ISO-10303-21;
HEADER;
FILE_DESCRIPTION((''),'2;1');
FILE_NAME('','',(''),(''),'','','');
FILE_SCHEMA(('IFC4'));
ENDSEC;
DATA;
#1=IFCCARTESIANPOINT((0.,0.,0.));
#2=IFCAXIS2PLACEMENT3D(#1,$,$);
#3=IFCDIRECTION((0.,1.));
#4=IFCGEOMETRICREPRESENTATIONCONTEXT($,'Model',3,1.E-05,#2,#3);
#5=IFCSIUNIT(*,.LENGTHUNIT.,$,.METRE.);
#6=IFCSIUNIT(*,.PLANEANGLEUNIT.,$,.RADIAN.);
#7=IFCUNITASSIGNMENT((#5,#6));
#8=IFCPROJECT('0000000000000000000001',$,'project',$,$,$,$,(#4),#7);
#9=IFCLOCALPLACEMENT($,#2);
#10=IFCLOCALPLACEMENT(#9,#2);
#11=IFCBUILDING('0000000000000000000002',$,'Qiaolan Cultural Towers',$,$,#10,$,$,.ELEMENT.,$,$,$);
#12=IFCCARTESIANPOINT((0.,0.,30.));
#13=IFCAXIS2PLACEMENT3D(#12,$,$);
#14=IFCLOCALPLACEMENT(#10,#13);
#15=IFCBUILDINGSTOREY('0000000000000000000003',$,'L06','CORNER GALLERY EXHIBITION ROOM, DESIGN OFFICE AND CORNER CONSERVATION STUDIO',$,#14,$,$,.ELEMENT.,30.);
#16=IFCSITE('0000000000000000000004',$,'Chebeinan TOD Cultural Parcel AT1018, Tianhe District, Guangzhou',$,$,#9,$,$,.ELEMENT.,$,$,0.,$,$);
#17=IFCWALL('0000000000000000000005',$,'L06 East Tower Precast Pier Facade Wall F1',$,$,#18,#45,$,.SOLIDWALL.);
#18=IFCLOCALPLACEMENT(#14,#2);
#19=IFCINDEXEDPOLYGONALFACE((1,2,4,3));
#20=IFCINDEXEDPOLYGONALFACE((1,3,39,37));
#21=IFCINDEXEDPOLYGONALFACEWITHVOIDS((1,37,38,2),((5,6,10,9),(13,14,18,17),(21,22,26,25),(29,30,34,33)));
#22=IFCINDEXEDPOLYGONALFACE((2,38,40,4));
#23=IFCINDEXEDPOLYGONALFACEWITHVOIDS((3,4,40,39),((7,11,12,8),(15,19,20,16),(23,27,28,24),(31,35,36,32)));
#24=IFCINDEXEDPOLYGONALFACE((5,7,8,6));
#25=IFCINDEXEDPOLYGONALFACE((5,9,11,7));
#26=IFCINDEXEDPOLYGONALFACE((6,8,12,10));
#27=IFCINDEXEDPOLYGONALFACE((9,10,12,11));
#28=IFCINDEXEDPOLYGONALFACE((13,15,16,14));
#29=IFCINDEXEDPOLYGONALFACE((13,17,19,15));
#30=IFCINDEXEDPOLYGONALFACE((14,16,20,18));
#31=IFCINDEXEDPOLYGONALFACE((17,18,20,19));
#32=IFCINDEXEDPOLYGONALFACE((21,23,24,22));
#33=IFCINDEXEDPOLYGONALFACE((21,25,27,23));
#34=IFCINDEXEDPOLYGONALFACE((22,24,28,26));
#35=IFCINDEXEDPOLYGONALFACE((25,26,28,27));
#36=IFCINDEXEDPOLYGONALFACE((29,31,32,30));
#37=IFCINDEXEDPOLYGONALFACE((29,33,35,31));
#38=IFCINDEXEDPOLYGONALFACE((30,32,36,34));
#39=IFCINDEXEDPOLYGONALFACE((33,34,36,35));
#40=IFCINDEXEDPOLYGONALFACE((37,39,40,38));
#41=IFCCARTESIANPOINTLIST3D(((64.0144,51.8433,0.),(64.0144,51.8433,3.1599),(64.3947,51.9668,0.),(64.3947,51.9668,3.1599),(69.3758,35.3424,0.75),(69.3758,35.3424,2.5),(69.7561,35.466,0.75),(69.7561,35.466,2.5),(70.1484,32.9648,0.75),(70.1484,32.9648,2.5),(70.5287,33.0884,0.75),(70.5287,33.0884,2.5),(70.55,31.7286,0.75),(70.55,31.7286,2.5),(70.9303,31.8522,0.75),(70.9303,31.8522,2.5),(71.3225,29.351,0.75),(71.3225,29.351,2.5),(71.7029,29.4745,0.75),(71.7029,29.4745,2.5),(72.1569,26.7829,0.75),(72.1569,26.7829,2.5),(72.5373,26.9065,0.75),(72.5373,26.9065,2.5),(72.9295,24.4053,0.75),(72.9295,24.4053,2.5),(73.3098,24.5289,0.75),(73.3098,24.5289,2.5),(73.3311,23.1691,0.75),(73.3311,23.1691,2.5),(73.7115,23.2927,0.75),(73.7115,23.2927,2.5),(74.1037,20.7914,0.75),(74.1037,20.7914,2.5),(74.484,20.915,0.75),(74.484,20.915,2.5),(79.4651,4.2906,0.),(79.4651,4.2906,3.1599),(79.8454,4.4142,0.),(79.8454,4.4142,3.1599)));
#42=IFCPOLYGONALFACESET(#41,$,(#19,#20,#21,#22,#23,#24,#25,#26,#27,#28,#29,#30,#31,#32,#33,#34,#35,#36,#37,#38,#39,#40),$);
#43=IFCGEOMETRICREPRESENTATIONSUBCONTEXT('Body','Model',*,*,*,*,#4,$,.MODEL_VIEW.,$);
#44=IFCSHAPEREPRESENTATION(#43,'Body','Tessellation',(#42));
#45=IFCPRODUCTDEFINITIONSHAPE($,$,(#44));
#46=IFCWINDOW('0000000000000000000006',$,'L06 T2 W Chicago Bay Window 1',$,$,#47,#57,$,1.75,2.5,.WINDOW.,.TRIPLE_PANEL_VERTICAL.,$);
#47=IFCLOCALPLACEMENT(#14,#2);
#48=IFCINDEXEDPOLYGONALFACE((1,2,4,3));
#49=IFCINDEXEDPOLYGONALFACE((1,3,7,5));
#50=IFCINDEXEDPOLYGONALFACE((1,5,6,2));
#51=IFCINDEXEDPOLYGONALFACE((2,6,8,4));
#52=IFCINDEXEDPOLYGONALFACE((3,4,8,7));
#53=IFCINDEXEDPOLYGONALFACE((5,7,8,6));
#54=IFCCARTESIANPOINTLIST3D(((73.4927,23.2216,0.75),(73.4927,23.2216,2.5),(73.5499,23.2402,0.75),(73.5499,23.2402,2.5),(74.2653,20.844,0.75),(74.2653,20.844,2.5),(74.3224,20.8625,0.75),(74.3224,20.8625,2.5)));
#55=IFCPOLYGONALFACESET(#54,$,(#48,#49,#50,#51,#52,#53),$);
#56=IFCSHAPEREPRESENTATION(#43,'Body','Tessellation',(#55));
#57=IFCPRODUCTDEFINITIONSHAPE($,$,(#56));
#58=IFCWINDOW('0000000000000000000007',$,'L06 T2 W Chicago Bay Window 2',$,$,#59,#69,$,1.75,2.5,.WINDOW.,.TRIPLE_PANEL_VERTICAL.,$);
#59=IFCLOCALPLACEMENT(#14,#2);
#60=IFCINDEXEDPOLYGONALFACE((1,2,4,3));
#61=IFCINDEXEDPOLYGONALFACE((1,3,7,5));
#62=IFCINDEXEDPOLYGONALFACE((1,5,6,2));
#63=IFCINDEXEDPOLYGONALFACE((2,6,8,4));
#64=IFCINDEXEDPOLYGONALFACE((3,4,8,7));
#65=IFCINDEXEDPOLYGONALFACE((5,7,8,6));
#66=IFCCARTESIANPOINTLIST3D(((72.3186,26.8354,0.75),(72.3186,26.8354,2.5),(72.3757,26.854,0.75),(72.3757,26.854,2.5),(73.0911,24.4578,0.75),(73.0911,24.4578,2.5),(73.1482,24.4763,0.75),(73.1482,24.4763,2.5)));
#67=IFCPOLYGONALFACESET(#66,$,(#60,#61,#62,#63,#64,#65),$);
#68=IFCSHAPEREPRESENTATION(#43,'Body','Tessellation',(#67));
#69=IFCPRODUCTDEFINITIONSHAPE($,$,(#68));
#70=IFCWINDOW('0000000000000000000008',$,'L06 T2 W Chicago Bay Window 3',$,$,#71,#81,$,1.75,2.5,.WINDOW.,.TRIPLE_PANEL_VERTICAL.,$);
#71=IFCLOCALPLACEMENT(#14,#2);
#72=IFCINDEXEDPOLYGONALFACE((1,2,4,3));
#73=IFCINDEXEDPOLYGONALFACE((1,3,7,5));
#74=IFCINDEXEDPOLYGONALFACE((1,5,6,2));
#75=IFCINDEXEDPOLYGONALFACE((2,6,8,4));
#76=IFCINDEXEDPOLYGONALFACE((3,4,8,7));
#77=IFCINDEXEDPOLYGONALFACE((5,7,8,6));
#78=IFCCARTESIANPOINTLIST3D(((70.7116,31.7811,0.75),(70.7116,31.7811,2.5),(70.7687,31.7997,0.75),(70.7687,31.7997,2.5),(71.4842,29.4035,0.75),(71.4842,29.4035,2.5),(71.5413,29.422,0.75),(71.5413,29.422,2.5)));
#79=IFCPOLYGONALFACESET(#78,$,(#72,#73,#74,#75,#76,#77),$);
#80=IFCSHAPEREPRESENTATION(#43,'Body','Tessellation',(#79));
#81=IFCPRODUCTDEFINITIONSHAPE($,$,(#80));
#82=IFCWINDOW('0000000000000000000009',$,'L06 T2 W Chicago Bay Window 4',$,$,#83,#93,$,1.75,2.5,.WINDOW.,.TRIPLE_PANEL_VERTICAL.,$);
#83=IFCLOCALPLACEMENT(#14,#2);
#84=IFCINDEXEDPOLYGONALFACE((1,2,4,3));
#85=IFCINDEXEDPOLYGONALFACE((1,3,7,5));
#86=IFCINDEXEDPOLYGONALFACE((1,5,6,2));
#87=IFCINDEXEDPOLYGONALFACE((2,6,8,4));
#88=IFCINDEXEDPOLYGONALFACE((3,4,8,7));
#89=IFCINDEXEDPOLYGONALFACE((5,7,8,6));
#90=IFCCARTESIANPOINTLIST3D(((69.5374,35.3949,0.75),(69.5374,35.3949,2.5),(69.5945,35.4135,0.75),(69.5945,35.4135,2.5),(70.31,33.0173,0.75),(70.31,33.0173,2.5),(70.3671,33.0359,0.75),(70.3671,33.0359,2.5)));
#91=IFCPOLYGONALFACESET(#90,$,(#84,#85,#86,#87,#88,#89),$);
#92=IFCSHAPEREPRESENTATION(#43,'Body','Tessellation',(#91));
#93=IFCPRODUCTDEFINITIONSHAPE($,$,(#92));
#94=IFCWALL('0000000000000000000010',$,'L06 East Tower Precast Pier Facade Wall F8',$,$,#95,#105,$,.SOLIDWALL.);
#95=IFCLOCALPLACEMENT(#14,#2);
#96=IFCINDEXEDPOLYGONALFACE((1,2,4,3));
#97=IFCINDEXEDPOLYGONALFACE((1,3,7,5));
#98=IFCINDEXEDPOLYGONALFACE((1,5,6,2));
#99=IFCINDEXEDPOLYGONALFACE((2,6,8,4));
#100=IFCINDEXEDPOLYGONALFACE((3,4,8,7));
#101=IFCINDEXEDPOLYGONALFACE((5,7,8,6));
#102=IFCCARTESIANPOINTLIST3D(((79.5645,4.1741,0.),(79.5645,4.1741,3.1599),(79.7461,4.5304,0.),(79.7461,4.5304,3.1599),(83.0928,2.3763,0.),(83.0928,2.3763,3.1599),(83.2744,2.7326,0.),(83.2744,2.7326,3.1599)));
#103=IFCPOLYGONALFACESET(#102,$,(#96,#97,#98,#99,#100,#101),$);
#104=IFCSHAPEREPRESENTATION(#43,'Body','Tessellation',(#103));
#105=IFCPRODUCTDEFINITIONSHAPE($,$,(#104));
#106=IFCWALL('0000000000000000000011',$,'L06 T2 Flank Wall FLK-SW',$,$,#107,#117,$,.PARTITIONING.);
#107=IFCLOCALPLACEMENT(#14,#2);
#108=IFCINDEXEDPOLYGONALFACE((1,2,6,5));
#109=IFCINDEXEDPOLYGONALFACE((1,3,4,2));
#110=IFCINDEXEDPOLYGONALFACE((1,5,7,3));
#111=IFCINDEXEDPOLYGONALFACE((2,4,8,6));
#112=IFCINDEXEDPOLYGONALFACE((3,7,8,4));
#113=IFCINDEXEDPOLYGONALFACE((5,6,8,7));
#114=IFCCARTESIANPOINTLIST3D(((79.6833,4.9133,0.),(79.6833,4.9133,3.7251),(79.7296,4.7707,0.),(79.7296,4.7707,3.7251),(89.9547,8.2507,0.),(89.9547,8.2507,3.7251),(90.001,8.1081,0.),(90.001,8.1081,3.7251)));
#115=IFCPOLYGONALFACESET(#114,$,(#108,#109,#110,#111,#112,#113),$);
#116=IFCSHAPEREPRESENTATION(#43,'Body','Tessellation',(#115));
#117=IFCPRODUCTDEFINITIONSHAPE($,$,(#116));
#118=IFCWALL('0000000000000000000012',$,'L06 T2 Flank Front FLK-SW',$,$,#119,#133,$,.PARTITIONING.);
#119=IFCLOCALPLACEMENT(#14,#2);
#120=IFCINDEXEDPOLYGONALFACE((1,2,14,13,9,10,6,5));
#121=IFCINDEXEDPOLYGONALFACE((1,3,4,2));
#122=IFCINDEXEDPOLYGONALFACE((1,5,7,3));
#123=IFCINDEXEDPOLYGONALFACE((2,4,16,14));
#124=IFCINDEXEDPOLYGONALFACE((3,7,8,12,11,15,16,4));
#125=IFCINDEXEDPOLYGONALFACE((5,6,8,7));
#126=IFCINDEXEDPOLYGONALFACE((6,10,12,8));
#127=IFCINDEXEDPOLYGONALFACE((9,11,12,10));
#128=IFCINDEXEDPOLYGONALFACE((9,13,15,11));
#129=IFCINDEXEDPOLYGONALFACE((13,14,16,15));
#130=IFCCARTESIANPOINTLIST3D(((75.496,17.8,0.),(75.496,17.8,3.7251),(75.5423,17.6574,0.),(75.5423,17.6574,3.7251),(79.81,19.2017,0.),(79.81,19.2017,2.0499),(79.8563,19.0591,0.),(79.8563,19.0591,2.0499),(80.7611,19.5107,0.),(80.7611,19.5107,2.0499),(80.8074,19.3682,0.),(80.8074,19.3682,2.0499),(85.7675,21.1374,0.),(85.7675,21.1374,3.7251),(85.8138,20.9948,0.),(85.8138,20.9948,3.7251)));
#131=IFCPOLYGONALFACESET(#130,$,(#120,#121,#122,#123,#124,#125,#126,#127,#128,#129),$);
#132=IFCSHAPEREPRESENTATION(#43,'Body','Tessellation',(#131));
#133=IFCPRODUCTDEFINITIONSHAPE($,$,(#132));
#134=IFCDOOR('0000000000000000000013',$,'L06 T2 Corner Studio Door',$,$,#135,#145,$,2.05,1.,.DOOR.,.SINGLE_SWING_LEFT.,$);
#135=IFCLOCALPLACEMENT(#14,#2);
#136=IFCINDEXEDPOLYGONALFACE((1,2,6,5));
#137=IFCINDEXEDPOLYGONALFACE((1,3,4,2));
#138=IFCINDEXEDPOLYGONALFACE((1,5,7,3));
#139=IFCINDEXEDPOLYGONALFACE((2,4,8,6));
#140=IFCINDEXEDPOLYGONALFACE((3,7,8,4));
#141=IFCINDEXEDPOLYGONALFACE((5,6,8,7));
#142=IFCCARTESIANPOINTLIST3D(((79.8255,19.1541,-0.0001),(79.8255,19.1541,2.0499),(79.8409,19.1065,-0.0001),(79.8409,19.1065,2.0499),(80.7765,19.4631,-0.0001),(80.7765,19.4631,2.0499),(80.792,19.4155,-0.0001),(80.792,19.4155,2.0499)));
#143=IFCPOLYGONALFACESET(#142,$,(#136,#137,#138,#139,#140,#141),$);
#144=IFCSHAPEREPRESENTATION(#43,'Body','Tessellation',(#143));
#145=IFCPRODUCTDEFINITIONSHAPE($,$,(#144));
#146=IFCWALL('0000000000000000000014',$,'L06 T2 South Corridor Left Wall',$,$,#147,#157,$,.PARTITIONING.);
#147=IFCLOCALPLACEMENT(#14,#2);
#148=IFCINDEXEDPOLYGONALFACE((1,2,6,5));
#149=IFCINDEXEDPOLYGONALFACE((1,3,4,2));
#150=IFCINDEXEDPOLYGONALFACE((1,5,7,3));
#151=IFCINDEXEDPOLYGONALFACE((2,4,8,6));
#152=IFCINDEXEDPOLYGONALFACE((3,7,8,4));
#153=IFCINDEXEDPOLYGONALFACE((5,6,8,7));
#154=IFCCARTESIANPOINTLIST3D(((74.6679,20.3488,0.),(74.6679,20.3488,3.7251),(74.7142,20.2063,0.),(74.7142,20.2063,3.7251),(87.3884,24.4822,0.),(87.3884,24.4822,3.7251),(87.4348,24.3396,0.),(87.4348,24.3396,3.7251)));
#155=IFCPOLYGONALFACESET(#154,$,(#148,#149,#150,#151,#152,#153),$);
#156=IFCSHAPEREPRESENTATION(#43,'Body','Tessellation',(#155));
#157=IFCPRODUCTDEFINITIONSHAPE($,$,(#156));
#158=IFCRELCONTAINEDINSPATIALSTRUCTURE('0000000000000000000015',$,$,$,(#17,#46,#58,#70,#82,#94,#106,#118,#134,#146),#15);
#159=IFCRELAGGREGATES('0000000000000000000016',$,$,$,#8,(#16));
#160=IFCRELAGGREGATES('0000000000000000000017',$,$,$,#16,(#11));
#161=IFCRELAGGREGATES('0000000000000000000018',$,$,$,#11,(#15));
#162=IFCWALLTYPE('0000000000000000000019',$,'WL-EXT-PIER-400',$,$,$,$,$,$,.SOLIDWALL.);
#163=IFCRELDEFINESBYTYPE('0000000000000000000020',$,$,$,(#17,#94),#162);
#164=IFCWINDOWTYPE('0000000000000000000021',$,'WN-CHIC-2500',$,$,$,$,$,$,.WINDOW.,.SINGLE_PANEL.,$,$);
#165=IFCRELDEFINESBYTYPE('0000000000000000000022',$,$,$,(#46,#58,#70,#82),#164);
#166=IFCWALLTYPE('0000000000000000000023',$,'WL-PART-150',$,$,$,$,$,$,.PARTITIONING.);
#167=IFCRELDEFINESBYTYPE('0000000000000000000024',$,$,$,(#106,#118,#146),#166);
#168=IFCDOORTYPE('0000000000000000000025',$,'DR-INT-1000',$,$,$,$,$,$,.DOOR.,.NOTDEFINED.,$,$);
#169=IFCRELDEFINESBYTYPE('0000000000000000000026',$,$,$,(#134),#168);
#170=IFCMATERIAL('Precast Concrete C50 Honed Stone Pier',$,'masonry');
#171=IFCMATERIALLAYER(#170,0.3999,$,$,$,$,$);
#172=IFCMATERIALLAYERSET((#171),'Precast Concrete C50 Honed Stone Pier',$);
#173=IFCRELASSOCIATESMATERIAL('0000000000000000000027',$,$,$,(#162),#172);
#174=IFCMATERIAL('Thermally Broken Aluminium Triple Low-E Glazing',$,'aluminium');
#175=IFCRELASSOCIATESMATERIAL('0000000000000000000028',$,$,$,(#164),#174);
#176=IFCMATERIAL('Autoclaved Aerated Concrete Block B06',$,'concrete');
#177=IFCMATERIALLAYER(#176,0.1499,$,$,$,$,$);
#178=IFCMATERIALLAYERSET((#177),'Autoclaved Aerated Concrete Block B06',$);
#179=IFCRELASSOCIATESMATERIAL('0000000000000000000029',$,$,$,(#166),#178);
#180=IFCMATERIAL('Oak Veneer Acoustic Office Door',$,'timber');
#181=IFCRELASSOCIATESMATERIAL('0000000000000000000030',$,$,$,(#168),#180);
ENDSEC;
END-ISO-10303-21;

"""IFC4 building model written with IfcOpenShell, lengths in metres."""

from ifc_helpers import new_model, si_unit, direction, frame, frame_2d, origin, place, context, subcontext, project, spatial, rectangle, extrude, material, layer, layer_set, type_object, element, fill, save


model = new_model("IFC4")

# Units and contexts
model_context = context("Model", 3, precision=1e-05, world=origin(), true_north=direction((0.0, 1.0)))
body_context = subcontext(model_context, "Body", "Model", "MODEL_VIEW")
ifc_project = project(units=[si_unit("LENGTHUNIT", "METRE"), si_unit("PLANEANGLEUNIT", "RADIAN")], contexts=[model_context])

# Site, building, storey
site_placement = place(None, origin())
site = spatial("IfcSite", under=ifc_project, at=site_placement, Name="Chebeinan TOD Cultural Parcel AT1018, Tianhe District, Guangzhou", CompositionType="ELEMENT", RefElevation=0.0)
building_placement = place(site_placement, origin())
building = spatial("IfcBuilding", under=site, at=building_placement, Name="Qiaolan Cultural Towers", CompositionType="ELEMENT")
storey_placement = place(building_placement, frame((0.0, 0.0, 30.0)))
storey = spatial("IfcBuildingStorey", under=building, at=storey_placement, Name="L06", Description="CORNER GALLERY EXHIBITION ROOM, DESIGN OFFICE AND CORNER CONSERVATION STUDIO", CompositionType="ELEMENT", Elevation=30.0)

# Shared definitions
ifc_material_1 = material(Name="Precast Concrete C50 Honed Stone Pier", Category="masonry")
ifc_layer_1 = layer(ifc_material_1, 0.3999)
ifc_layer_set_1 = layer_set([ifc_layer_1], Name="Precast Concrete C50 Honed Stone Pier")
wall_type_1 = type_object("IfcWallType", Name="WL-EXT-PIER-400", PredefinedType="SOLIDWALL", material=ifc_layer_set_1)

# Wall, openings, windows
wall_1_placement = place(storey_placement, frame((79.6553, 4.3523, 0.0), z_axis=(0.0, 0.0, 1.0), x_axis=(-0.309015, 0.951057, 0.0)))
wall_1 = element("IfcWall", 1, at=wall_1_placement, inside=storey, type_object=wall_type_1, Name="L06 East Tower Precast Pier Facade Wall F1", PredefinedType="SOLIDWALL", context=body_context, shape_type="SweptSolid", body=[
    extrude(rectangle(XDim=49.9998, YDim=0.3999, at=frame_2d((25.0, 0.0))), origin(), (0.0, 0.0, 1.0), 3.1599),
])
opening_1_placement = place(wall_1_placement, frame((17.3501, 0.0, 0.75)))
opening_1 = element("IfcOpeningElement", 2, at=opening_1_placement, cuts=wall_1, PredefinedType="OPENING", context=body_context, shape_type="SweptSolid", body=[
    extrude(rectangle(XDim=2.5, YDim=1.75, at=frame_2d((1.25, 0.875))), frame((0.0, 0.21, 0.0), z_axis=(0.0, -1.0, 0.0), x_axis=(1.0, 0.0, 0.0)), (0.0, 0.0, 1.0), 0.4199),
])
opening_2_placement = place(wall_1_placement, frame((21.1499, 0.0, 0.75)))
opening_2 = element("IfcOpeningElement", 3, at=opening_2_placement, cuts=wall_1, PredefinedType="OPENING", context=body_context, shape_type="SweptSolid", body=[
    extrude(rectangle(XDim=2.5, YDim=1.75, at=frame_2d((1.25, 0.875))), frame((0.0, 0.21, 0.0), z_axis=(0.0, -1.0, 0.0), x_axis=(1.0, 0.0, 0.0)), (0.0, 0.0, 1.0), 0.4199),
])
opening_3_placement = place(wall_1_placement, frame((26.3501, 0.0, 0.75)))
opening_3 = element("IfcOpeningElement", 4, at=opening_3_placement, cuts=wall_1, PredefinedType="OPENING", context=body_context, shape_type="SweptSolid", body=[
    extrude(rectangle(XDim=2.5, YDim=1.75, at=frame_2d((1.25, 0.875))), frame((0.0, 0.21, 0.0), z_axis=(0.0, -1.0, 0.0), x_axis=(1.0, 0.0, 0.0)), (0.0, 0.0, 1.0), 0.4199),
])
opening_4_placement = place(wall_1_placement, frame((30.1499, 0.0, 0.75)))
opening_4 = element("IfcOpeningElement", 5, at=opening_4_placement, cuts=wall_1, PredefinedType="OPENING", context=body_context, shape_type="SweptSolid", body=[
    extrude(rectangle(XDim=2.5, YDim=1.75, at=frame_2d((1.25, 0.875))), frame((0.0, 0.21, 0.0), z_axis=(0.0, -1.0, 0.0), x_axis=(1.0, 0.0, 0.0)), (0.0, 0.0, 1.0), 0.4199),
])
ifc_material_2 = material(Name="Thermally Broken Aluminium Triple Low-E Glazing", Category="aluminium")
window_type = type_object("IfcWindowType", Name="WN-CHIC-2500", PartitioningType="SINGLE_PANEL", PredefinedType="WINDOW", material=ifc_material_2)
window_1_placement = place(opening_1_placement, origin())
window_1 = element("IfcWindow", 6, at=window_1_placement, inside=storey, type_object=window_type, Name="L06 T2 W Chicago Bay Window 1", OverallHeight=1.75, OverallWidth=2.5, PartitioningType="TRIPLE_PANEL_VERTICAL", PredefinedType="WINDOW", context=body_context, shape_type="SweptSolid", body=[
    extrude(rectangle(XDim=2.5, YDim=1.75, at=frame_2d((1.25, 0.875))), frame((0.0, 0.03, 0.0), z_axis=(0.0, -1.0, 0.0), x_axis=(1.0, 0.0, 0.0)), (0.0, 0.0, 1.0), 0.0601),
])
fill(opening_1, window_1)
window_2_placement = place(opening_2_placement, origin())
window_2 = element("IfcWindow", 7, at=window_2_placement, inside=storey, type_object=window_type, Name="L06 T2 W Chicago Bay Window 2", OverallHeight=1.75, OverallWidth=2.5, PartitioningType="TRIPLE_PANEL_VERTICAL", PredefinedType="WINDOW", context=body_context, shape_type="SweptSolid", body=[
    extrude(rectangle(XDim=2.5, YDim=1.75, at=frame_2d((1.25, 0.875))), frame((0.0, 0.03, 0.0), z_axis=(0.0, -1.0, 0.0), x_axis=(1.0, 0.0, 0.0)), (0.0, 0.0, 1.0), 0.0601),
])
fill(opening_2, window_2)
window_3_placement = place(opening_3_placement, origin())
window_3 = element("IfcWindow", 8, at=window_3_placement, inside=storey, type_object=window_type, Name="L06 T2 W Chicago Bay Window 3", OverallHeight=1.75, OverallWidth=2.5, PartitioningType="TRIPLE_PANEL_VERTICAL", PredefinedType="WINDOW", context=body_context, shape_type="SweptSolid", body=[
    extrude(rectangle(XDim=2.5, YDim=1.75, at=frame_2d((1.25, 0.875))), frame((0.0, 0.03, 0.0), z_axis=(0.0, -1.0, 0.0), x_axis=(1.0, 0.0, 0.0)), (0.0, 0.0, 1.0), 0.0601),
])
fill(opening_3, window_3)
window_4_placement = place(opening_4_placement, origin())
window_4 = element("IfcWindow", 9, at=window_4_placement, inside=storey, type_object=window_type, Name="L06 T2 W Chicago Bay Window 4", OverallHeight=1.75, OverallWidth=2.5, PartitioningType="TRIPLE_PANEL_VERTICAL", PredefinedType="WINDOW", context=body_context, shape_type="SweptSolid", body=[
    extrude(rectangle(XDim=2.5, YDim=1.75, at=frame_2d((1.25, 0.875))), frame((0.0, 0.03, 0.0), z_axis=(0.0, -1.0, 0.0), x_axis=(1.0, 0.0, 0.0)), (0.0, 0.0, 1.0), 0.0601),
])
fill(opening_4, window_4)

# Walls
wall_2_placement = place(storey_placement, frame((83.1836, 2.5544, 0.0), z_axis=(0.0, 0.0, 1.0), x_axis=(-0.890998, 0.454007, 0.0)))
element("IfcWall", 10, at=wall_2_placement, inside=storey, type_object=wall_type_1, Name="L06 East Tower Precast Pier Facade Wall F8", PredefinedType="SOLIDWALL", context=body_context, shape_type="SweptSolid", body=[
    extrude(rectangle(XDim=3.96, YDim=0.3999, at=frame_2d((1.98, 0.0))), origin(), (0.0, 0.0, 1.0), 3.1599),
])
ifc_material_3 = material(Name="Autoclaved Aerated Concrete Block B06", Category="concrete")
ifc_layer_2 = layer(ifc_material_3, 0.1499)
ifc_layer_set_2 = layer_set([ifc_layer_2], Name="Autoclaved Aerated Concrete Block B06")
wall_type_2 = type_object("IfcWallType", Name="WL-PART-150", PredefinedType="PARTITIONING", material=ifc_layer_set_2)
wall_3_placement = place(storey_placement, frame((79.7065, 4.842, 0.0), z_axis=(0.0, 0.0, 1.0), x_axis=(0.951057, 0.309017, 0.0)))
element("IfcWall", 11, at=wall_3_placement, inside=storey, type_object=wall_type_2, Name="L06 T2 Flank Wall FLK-SW", PredefinedType="PARTITIONING", context=body_context, shape_type="SweptSolid", body=[
    extrude(rectangle(XDim=10.8, YDim=0.1499, at=frame_2d((5.3999, 0.0))), origin(), (0.0, 0.0, 1.0), 3.7251),
])

# Wall, opening, door
wall_4_placement = place(storey_placement, frame((75.5193, 17.7288, 0.0), z_axis=(0.0, 0.0, 1.0), x_axis=(0.951057, 0.309017, 0.0)))
wall_4 = element("IfcWall", 12, at=wall_4_placement, inside=storey, type_object=wall_type_2, Name="L06 T2 Flank Front FLK-SW", PredefinedType="PARTITIONING", context=body_context, shape_type="SweptSolid", body=[
    extrude(rectangle(XDim=10.8, YDim=0.1499, at=frame_2d((5.3999, 0.0))), origin(), (0.0, 0.0, 1.0), 3.7251),
])
opening_5_placement = place(wall_4_placement, frame((4.5359, 0.0, 0.0)))
opening_5 = element("IfcOpeningElement", 13, at=opening_5_placement, cuts=wall_4, PredefinedType="OPENING", context=body_context, shape_type="SweptSolid", body=[
    extrude(rectangle(XDim=1.0, YDim=2.05, at=frame_2d((0.5, 1.0249))), frame((0.0, 0.085, 0.0), z_axis=(0.0, -1.0, 0.0), x_axis=(1.0, 0.0, 0.0)), (0.0, 0.0, 1.0), 0.1699),
])
ifc_material_4 = material(Name="Oak Veneer Acoustic Office Door", Category="timber")
door_type = type_object("IfcDoorType", Name="DR-INT-1000", OperationType="NOTDEFINED", PredefinedType="DOOR", material=ifc_material_4)
door_placement = place(opening_5_placement, origin())
door = element("IfcDoor", 14, at=door_placement, inside=storey, type_object=door_type, Name="L06 T2 Corner Studio Door", OperationType="SINGLE_SWING_LEFT", OverallHeight=2.05, OverallWidth=1.0, PredefinedType="DOOR", context=body_context, shape_type="SweptSolid", body=[
    extrude(rectangle(XDim=1.0, YDim=2.05, at=frame_2d((0.5, 1.0249))), frame((0.0, 0.0249, 0.0), z_axis=(0.0, -1.0, 0.0), x_axis=(1.0, 0.0, 0.0)), (0.0, 0.0, 1.0), 0.05),
])
fill(opening_5, door)

# Wall
wall_5_placement = place(storey_placement, frame((74.6912, 20.2776, 0.0), z_axis=(0.0, 0.0, 1.0), x_axis=(0.951053, 0.309029, 0.0)))
element("IfcWall", 15, at=wall_5_placement, inside=storey, type_object=wall_type_2, Name="L06 T2 South Corridor Left Wall", PredefinedType="PARTITIONING", context=body_context, shape_type="SweptSolid", body=[
    extrude(rectangle(XDim=13.3752, YDim=0.1499, at=frame_2d((6.6875, 0.0))), origin(), (0.0, 0.0, 1.0), 3.7251),
])

save(model, "model.ifc")
